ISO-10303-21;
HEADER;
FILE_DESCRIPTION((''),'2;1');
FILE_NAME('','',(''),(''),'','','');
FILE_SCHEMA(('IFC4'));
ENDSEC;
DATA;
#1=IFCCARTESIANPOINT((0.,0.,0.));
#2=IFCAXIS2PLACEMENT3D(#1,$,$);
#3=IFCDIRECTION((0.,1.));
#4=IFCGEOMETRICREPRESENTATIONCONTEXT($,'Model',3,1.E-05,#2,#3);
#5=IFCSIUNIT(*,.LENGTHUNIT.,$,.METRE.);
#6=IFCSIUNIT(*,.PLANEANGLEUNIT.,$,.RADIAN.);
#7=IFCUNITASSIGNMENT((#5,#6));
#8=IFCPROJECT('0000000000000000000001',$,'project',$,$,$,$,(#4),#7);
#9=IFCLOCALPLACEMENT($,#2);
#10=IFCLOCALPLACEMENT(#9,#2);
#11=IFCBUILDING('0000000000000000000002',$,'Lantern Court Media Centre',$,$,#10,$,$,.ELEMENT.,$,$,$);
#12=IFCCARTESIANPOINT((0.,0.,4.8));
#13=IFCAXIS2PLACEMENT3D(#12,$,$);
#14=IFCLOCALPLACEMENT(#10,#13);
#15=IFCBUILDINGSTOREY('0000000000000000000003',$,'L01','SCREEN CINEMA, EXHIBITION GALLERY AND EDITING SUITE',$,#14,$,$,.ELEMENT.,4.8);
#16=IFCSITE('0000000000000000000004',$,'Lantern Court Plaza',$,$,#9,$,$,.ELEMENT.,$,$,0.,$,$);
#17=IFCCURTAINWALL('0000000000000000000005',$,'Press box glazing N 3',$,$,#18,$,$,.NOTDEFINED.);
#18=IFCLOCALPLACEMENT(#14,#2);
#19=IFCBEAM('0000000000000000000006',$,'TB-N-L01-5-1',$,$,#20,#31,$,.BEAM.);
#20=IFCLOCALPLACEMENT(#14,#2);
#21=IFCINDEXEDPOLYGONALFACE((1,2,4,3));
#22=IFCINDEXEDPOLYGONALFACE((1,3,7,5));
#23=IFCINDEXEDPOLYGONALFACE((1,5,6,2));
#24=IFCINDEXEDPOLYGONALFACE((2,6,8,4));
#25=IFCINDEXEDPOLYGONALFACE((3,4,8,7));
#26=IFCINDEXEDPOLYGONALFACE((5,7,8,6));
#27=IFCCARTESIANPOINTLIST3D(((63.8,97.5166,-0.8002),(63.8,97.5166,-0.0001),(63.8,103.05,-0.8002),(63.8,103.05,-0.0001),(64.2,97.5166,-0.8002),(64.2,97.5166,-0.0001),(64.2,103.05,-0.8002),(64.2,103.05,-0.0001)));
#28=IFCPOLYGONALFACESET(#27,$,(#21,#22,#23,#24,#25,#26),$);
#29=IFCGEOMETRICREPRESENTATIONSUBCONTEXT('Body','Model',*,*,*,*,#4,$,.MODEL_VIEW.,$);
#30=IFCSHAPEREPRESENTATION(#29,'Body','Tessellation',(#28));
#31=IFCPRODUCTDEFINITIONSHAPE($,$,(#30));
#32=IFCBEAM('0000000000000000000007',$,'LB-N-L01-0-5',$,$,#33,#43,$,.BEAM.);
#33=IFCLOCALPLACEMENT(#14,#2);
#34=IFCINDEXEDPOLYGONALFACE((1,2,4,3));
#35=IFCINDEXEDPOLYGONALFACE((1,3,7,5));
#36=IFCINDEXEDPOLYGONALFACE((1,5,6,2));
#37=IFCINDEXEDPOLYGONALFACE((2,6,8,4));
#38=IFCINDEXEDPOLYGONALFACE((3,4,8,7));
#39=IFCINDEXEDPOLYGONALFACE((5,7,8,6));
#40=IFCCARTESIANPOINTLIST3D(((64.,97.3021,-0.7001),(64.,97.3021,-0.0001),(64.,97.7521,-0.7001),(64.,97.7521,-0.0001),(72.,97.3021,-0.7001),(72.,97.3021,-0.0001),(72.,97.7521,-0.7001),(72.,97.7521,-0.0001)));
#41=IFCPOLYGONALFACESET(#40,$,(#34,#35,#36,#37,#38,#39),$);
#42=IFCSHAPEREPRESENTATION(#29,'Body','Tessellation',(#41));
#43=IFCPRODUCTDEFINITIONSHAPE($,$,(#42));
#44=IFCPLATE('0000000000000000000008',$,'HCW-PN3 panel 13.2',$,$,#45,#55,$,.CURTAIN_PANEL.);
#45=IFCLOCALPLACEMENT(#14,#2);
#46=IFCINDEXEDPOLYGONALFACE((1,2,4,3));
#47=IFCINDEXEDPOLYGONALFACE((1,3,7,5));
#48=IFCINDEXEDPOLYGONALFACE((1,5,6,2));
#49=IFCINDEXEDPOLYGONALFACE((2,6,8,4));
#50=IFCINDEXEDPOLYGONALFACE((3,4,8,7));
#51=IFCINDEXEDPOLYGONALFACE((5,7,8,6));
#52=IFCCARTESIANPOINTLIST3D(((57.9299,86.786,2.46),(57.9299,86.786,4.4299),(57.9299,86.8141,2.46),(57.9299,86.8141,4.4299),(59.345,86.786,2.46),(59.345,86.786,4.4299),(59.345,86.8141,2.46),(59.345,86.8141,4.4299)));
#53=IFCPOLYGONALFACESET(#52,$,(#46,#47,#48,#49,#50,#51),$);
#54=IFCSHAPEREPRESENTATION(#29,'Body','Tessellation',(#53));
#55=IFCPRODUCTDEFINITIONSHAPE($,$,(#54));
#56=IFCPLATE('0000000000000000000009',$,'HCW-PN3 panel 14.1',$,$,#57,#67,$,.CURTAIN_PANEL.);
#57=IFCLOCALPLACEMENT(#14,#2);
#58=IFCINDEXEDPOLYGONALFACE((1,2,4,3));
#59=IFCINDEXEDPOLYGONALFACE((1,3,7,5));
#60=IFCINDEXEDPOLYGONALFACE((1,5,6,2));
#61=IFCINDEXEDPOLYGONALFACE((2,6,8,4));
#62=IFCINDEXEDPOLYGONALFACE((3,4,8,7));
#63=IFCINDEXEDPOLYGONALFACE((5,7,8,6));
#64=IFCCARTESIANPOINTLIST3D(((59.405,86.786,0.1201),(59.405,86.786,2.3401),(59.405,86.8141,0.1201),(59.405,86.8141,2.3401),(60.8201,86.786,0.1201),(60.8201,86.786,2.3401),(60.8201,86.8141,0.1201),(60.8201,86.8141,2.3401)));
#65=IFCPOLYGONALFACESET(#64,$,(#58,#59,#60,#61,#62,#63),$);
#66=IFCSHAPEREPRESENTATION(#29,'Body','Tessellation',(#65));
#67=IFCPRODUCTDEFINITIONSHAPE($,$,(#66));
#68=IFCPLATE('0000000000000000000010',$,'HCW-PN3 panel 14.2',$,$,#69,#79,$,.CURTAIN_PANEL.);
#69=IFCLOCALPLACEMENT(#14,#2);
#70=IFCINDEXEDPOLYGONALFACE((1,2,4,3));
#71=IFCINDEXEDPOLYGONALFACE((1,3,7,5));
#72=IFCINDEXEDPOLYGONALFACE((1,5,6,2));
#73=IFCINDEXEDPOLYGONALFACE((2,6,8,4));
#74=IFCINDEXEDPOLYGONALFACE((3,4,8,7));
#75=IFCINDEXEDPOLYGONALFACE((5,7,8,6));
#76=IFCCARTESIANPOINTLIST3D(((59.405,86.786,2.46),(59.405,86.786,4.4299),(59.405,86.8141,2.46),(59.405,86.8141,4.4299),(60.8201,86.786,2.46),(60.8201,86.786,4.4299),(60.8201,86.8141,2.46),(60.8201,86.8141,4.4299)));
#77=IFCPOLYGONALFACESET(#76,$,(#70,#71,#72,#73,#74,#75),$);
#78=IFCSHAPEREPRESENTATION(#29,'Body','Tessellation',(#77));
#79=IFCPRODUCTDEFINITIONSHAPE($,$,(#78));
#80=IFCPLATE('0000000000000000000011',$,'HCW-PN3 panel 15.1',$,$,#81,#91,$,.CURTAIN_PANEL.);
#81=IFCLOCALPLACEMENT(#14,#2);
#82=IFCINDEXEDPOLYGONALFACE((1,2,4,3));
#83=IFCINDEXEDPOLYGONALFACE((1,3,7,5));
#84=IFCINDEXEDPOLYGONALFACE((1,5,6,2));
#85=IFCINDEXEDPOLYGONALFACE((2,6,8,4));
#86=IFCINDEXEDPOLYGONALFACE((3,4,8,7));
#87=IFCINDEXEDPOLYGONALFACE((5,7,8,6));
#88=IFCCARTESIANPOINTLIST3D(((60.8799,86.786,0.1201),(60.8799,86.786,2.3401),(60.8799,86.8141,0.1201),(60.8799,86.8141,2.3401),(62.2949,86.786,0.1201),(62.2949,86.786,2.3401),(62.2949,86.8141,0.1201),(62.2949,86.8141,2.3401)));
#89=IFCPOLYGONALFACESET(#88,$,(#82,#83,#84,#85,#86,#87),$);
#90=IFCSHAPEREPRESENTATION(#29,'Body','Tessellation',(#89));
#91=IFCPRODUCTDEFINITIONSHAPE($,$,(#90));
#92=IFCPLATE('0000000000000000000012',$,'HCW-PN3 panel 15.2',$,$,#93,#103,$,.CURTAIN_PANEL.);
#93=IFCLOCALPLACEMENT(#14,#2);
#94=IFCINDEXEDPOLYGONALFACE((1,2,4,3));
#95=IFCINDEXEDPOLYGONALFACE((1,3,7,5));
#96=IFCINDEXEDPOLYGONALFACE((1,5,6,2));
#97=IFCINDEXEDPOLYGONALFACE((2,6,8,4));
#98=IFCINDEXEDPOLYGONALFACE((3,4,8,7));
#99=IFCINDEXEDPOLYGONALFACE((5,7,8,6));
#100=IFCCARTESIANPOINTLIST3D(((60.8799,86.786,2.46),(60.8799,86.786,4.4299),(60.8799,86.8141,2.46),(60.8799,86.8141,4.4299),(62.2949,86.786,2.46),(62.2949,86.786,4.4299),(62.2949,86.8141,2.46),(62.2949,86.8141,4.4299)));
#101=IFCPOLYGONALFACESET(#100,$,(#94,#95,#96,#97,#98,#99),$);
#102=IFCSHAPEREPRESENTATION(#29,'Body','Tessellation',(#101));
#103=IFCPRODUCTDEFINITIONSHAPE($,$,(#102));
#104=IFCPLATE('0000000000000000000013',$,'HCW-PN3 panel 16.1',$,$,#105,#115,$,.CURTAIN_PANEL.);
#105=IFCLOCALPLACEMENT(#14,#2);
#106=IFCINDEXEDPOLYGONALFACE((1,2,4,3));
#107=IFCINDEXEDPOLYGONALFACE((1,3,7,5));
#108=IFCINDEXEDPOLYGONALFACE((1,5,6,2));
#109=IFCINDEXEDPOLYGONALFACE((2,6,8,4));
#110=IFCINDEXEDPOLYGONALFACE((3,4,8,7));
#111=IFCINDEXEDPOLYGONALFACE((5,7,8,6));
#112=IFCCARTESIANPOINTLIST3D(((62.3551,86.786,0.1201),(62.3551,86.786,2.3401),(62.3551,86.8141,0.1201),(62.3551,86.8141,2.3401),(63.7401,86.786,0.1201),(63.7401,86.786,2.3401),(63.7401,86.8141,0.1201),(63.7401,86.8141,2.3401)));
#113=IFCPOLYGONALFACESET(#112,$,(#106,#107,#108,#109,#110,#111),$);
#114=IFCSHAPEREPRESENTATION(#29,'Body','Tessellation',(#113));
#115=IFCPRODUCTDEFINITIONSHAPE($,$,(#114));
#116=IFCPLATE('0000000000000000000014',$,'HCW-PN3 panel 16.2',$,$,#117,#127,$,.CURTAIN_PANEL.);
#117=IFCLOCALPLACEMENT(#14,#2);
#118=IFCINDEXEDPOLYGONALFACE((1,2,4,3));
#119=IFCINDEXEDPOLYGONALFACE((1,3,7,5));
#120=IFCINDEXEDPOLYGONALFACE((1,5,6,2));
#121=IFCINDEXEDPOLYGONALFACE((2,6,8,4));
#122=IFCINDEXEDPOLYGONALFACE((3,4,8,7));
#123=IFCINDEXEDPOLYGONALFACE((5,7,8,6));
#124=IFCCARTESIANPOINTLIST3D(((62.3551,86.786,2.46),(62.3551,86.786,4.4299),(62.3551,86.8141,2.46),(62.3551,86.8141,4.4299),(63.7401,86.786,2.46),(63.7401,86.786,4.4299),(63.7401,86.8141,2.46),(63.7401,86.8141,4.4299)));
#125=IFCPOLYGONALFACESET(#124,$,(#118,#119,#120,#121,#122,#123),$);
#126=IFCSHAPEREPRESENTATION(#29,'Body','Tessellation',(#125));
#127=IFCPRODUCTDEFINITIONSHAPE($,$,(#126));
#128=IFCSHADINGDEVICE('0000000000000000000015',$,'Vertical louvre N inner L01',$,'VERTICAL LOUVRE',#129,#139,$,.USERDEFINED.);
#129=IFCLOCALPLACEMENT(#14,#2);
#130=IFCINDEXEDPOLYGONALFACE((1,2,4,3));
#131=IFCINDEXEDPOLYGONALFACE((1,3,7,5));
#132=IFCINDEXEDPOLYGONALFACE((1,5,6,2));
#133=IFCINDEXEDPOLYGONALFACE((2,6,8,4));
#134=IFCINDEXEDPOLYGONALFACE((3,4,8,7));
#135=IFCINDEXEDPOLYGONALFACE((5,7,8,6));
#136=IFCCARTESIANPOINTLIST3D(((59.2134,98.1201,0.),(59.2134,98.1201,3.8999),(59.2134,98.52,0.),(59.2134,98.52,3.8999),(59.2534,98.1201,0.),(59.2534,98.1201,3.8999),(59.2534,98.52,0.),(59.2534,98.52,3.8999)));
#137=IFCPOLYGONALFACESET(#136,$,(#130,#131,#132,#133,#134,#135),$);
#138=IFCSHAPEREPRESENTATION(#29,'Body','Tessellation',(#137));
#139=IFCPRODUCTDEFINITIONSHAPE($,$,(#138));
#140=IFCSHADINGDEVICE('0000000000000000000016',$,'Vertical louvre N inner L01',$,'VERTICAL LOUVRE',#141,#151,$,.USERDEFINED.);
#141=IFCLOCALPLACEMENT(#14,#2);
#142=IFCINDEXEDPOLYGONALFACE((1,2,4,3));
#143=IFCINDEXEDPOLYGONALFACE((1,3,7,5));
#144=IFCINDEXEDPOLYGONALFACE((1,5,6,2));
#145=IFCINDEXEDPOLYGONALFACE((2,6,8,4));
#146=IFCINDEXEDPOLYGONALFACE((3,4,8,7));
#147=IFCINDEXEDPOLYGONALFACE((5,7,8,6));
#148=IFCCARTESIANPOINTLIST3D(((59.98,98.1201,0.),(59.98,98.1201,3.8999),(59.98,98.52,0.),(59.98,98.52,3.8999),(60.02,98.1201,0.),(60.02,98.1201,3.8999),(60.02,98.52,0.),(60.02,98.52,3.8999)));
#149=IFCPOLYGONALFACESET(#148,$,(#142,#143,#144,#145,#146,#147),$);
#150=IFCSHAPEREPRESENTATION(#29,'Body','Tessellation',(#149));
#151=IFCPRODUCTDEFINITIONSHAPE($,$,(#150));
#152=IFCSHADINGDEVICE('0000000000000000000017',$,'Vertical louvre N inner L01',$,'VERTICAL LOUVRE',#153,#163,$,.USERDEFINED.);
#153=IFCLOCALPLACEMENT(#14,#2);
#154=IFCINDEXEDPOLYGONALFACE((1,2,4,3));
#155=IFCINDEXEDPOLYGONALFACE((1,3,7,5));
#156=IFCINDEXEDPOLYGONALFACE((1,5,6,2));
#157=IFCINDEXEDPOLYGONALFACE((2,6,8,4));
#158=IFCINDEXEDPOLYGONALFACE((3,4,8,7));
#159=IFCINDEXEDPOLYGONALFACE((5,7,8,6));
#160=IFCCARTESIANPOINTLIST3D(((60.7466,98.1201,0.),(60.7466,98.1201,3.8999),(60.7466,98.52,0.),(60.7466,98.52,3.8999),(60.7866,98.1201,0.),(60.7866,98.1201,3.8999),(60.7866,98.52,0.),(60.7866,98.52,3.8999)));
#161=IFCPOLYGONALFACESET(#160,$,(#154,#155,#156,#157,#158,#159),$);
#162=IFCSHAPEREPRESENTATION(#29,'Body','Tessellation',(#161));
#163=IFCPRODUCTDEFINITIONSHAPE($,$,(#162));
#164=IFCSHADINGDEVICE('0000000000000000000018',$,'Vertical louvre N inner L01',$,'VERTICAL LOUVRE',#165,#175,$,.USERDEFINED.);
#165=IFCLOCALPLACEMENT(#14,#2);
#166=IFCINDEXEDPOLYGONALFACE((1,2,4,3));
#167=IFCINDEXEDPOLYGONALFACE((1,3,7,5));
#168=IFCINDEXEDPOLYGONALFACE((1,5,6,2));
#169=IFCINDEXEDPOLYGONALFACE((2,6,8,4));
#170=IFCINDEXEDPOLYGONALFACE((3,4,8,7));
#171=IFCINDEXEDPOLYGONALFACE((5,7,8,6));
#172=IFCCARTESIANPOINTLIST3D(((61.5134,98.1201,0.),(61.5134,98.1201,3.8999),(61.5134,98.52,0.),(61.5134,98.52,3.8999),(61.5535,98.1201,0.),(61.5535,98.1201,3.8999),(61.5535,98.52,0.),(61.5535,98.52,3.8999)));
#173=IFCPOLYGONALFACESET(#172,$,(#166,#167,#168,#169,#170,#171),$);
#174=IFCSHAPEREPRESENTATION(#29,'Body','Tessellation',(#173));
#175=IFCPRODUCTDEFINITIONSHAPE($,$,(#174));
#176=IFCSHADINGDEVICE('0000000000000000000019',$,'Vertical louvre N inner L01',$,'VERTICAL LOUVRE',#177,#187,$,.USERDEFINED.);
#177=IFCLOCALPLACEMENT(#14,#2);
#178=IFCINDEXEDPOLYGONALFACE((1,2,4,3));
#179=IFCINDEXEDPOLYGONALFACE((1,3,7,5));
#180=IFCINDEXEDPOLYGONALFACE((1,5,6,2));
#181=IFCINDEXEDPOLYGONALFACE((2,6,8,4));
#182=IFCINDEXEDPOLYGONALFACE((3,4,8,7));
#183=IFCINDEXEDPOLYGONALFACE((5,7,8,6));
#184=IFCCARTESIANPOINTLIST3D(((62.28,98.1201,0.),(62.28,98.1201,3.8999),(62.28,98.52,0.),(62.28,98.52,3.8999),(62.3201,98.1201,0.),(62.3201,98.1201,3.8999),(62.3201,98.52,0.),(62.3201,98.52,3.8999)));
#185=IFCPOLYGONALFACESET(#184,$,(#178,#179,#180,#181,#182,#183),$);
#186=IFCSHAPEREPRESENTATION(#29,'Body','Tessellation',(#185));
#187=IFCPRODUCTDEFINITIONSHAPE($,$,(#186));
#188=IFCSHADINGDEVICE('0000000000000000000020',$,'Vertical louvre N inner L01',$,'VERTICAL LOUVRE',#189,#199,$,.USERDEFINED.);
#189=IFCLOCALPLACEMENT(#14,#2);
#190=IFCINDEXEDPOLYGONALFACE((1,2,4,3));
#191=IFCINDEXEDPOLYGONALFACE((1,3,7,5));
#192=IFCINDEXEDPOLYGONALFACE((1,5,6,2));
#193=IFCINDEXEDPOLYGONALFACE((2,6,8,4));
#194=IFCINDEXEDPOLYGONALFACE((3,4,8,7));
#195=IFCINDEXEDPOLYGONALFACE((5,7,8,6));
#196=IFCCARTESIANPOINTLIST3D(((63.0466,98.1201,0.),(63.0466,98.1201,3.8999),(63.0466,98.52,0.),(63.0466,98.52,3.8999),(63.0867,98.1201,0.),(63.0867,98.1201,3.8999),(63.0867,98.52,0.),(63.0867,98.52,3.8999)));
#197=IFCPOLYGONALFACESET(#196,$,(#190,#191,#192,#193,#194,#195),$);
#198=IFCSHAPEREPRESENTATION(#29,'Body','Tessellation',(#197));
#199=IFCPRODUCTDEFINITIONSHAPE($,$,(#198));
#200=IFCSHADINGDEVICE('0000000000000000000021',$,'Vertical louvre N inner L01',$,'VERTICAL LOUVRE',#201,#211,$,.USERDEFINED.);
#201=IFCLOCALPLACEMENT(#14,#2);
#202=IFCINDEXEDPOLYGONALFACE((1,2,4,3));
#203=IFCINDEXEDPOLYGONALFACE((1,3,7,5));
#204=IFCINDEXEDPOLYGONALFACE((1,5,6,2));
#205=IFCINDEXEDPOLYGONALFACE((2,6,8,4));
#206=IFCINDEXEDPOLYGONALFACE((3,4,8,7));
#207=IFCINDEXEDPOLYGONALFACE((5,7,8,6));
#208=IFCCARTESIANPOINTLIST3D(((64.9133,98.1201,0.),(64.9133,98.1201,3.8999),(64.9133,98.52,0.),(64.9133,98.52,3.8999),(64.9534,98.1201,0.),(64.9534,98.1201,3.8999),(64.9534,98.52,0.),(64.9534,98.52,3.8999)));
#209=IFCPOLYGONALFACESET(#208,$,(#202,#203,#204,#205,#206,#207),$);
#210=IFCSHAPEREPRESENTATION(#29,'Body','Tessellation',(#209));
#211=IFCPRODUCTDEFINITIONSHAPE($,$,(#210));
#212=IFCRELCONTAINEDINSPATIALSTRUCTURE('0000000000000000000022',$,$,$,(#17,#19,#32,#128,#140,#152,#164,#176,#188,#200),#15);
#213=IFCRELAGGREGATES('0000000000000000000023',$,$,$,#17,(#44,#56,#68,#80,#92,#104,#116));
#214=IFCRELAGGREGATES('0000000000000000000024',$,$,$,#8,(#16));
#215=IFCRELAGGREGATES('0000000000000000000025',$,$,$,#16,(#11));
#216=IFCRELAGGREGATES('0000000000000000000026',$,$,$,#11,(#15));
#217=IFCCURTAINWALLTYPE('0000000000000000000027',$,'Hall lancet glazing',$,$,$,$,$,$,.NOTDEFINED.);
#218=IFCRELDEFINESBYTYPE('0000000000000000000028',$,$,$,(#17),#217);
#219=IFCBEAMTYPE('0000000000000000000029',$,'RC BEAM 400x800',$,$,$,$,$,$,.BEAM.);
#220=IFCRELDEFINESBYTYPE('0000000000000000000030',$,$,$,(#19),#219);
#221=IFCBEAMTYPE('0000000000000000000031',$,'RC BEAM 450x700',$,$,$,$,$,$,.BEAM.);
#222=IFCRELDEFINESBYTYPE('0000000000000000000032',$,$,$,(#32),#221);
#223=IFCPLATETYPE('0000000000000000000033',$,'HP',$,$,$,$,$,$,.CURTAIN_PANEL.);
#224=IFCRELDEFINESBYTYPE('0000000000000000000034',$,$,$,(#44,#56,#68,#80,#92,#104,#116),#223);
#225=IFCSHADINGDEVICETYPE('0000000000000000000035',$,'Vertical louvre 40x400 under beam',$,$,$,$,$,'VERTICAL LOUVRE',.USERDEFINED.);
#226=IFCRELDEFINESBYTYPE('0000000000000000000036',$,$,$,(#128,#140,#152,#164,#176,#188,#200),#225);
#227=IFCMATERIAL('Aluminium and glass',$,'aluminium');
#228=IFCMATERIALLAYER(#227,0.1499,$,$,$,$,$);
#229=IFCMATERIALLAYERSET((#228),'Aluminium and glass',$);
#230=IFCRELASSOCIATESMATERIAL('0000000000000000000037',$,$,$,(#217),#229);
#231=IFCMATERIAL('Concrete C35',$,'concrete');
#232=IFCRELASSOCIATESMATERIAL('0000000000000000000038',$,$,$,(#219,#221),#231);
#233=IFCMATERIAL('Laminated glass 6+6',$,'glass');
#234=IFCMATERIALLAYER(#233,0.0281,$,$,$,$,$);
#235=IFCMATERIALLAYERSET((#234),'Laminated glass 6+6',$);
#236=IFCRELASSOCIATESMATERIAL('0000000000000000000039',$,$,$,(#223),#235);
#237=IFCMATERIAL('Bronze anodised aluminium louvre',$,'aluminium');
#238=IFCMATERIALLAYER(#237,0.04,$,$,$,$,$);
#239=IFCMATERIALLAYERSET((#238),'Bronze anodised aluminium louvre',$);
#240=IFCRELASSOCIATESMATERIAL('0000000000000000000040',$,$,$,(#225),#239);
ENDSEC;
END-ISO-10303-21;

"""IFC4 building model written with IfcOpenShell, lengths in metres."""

from ifc_helpers import new_model, si_unit, direction, frame, origin, origin_2d, place, context, subcontext, project, spatial, rectangle, extrude, material, layer, layer_set, material_profile, profile_set, type_object, element, aggregate, save


model = new_model("IFC4")

# Units and contexts
model_context = context("Model", 3, precision=1e-05, world=origin(), true_north=direction((0.0, 1.0)))
body_context = subcontext(model_context, "Body", "Model", "MODEL_VIEW")
ifc_project = project(units=[si_unit("LENGTHUNIT", "METRE"), si_unit("PLANEANGLEUNIT", "RADIAN")], contexts=[model_context])

# Site, building, storey
site_placement = place(None, origin())
site = spatial("IfcSite", under=ifc_project, at=site_placement, Name="Lantern Court Plaza", CompositionType="ELEMENT", RefElevation=0.0)
building_placement = place(site_placement, origin())
building = spatial("IfcBuilding", under=site, at=building_placement, Name="Lantern Court Media Centre", CompositionType="ELEMENT")
storey_placement = place(building_placement, frame((0.0, 0.0, 4.8)))
storey = spatial("IfcBuildingStorey", under=building, at=storey_placement, Name="L01", Description="SCREEN CINEMA, EXHIBITION GALLERY AND EDITING SUITE", CompositionType="ELEMENT", Elevation=4.8)

# Shared definitions
ifc_material_1 = material(Name="Concrete C35", Category="concrete")

# Curtain wall
ifc_material_2 = material(Name="Aluminium and glass", Category="aluminium")
ifc_layer_1 = layer(ifc_material_2, 0.1499)
ifc_layer_set_1 = layer_set([ifc_layer_1], Name="Aluminium and glass")
curtain_wall_type = type_object("IfcCurtainWallType", Name="Hall lancet glazing", PredefinedType="NOTDEFINED", material=ifc_layer_set_1)
curtain_wall_placement = place(storey_placement, origin())
curtain_wall = element("IfcCurtainWall", 1, at=curtain_wall_placement, inside=storey, type_object=curtain_wall_type, Name="Press box glazing N 3", PredefinedType="NOTDEFINED")

# Beams
ifc_material_profile_1 = material_profile(ifc_material_1, rectangle(XDim=0.3999, YDim=0.8, at=origin_2d()), Name="RC 400x800")
ifc_profile_set_1 = profile_set([ifc_material_profile_1], Name="Concrete C35")
beam_type_1 = type_object("IfcBeamType", Name="RC BEAM 400x800", PredefinedType="BEAM", material=ifc_profile_set_1)
beam_1_placement = place(storey_placement, frame((64.0, 97.5166, -0.4001), z_axis=(0.0, 1.0, 0.0), x_axis=(-1.0, 0.0, 0.0)))
element("IfcBeam", 2, at=beam_1_placement, inside=storey, type_object=beam_type_1, Name="TB-N-L01-5-1", PredefinedType="BEAM", context=body_context, shape_type="SweptSolid", body=[
    extrude(rectangle(XDim=0.3999, YDim=0.8, at=origin_2d()), origin(), (0.0, 0.0, 1.0), 5.5334),
])
ifc_material_profile_2 = material_profile(ifc_material_1, rectangle(XDim=0.45, YDim=0.7, at=origin_2d()), Name="RC 450x700")
ifc_profile_set_2 = profile_set([ifc_material_profile_2], Name="Concrete C35")
beam_type_2 = type_object("IfcBeamType", Name="RC BEAM 450x700", PredefinedType="BEAM", material=ifc_profile_set_2)
beam_2_placement = place(storey_placement, frame((64.0, 97.5271, -0.3501), z_axis=(1.0, 0.0, 0.0), x_axis=(0.0, 1.0, 0.0)))
element("IfcBeam", 3, at=beam_2_placement, inside=storey, type_object=beam_type_2, Name="LB-N-L01-0-5", PredefinedType="BEAM", context=body_context, shape_type="SweptSolid", body=[
    extrude(rectangle(XDim=0.45, YDim=0.7, at=origin_2d()), origin(), (0.0, 0.0, 1.0), 8.0),
])

# Plates
ifc_material_3 = material(Name="Laminated glass 6+6", Category="glass")
ifc_layer_2 = layer(ifc_material_3, 0.0281)
ifc_layer_set_2 = layer_set([ifc_layer_2], Name="Laminated glass 6+6")
plate_type = type_object("IfcPlateType", Name="HP", PredefinedType="CURTAIN_PANEL", material=ifc_layer_set_2)
plate_1_placement = place(storey_placement, frame((58.6375, 86.8, 2.46), z_axis=(0.0, 0.0, 1.0), x_axis=(1.0, 0.0, 0.0)))
plate_1 = element("IfcPlate", 4, at=plate_1_placement, type_object=plate_type, Name="HCW-PN3 panel 13.2", PredefinedType="CURTAIN_PANEL", context=body_context, shape_type="SweptSolid", body=[
    extrude(rectangle(XDim=1.415, YDim=0.0281, at=origin_2d()), origin(), (0.0, 0.0, 1.0), 1.97),
])
plate_2_placement = place(storey_placement, frame((60.1125, 86.8, 0.1201), z_axis=(0.0, 0.0, 1.0), x_axis=(1.0, 0.0, 0.0)))
plate_2 = element("IfcPlate", 5, at=plate_2_placement, type_object=plate_type, Name="HCW-PN3 panel 14.1", PredefinedType="CURTAIN_PANEL", context=body_context, shape_type="SweptSolid", body=[
    extrude(rectangle(XDim=1.415, YDim=0.0281, at=origin_2d()), origin(), (0.0, 0.0, 1.0), 2.22),
])
plate_3_placement = place(storey_placement, frame((60.1125, 86.8, 2.46), z_axis=(0.0, 0.0, 1.0), x_axis=(1.0, 0.0, 0.0)))
plate_3 = element("IfcPlate", 6, at=plate_3_placement, type_object=plate_type, Name="HCW-PN3 panel 14.2", PredefinedType="CURTAIN_PANEL", context=body_context, shape_type="SweptSolid", body=[
    extrude(rectangle(XDim=1.415, YDim=0.0281, at=origin_2d()), origin(), (0.0, 0.0, 1.0), 1.97),
])
plate_4_placement = place(storey_placement, frame((61.5874, 86.8, 0.1201), z_axis=(0.0, 0.0, 1.0), x_axis=(1.0, 0.0, 0.0)))
plate_4 = element("IfcPlate", 7, at=plate_4_placement, type_object=plate_type, Name="HCW-PN3 panel 15.1", PredefinedType="CURTAIN_PANEL", context=body_context, shape_type="SweptSolid", body=[
    extrude(rectangle(XDim=1.415, YDim=0.0281, at=origin_2d()), origin(), (0.0, 0.0, 1.0), 2.22),
])
plate_5_placement = place(storey_placement, frame((61.5874, 86.8, 2.46), z_axis=(0.0, 0.0, 1.0), x_axis=(1.0, 0.0, 0.0)))
plate_5 = element("IfcPlate", 8, at=plate_5_placement, type_object=plate_type, Name="HCW-PN3 panel 15.2", PredefinedType="CURTAIN_PANEL", context=body_context, shape_type="SweptSolid", body=[
    extrude(rectangle(XDim=1.415, YDim=0.0281, at=origin_2d()), origin(), (0.0, 0.0, 1.0), 1.97),
])
plate_6_placement = place(storey_placement, frame((63.0476, 86.8, 0.1201), z_axis=(0.0, 0.0, 1.0), x_axis=(1.0, 0.0, 0.0)))
plate_6 = element("IfcPlate", 9, at=plate_6_placement, type_object=plate_type, Name="HCW-PN3 panel 16.1", PredefinedType="CURTAIN_PANEL", context=body_context, shape_type="SweptSolid", body=[
    extrude(rectangle(XDim=1.385, YDim=0.0281, at=origin_2d()), origin(), (0.0, 0.0, 1.0), 2.22),
])
plate_7_placement = place(storey_placement, frame((63.0476, 86.8, 2.46), z_axis=(0.0, 0.0, 1.0), x_axis=(1.0, 0.0, 0.0)))
plate_7 = element("IfcPlate", 10, at=plate_7_placement, type_object=plate_type, Name="HCW-PN3 panel 16.2", PredefinedType="CURTAIN_PANEL", context=body_context, shape_type="SweptSolid", body=[
    extrude(rectangle(XDim=1.385, YDim=0.0281, at=origin_2d()), origin(), (0.0, 0.0, 1.0), 1.97),
])
aggregate(curtain_wall, [plate_1, plate_2, plate_3, plate_4, plate_5, plate_6, plate_7])

# Shading devices
ifc_material_4 = material(Name="Bronze anodised aluminium louvre", Category="aluminium")
ifc_layer_3 = layer(ifc_material_4, 0.04)
ifc_layer_set_3 = layer_set([ifc_layer_3], Name="Bronze anodised aluminium louvre")
shading_device_type = type_object("IfcShadingDeviceType", Name="Vertical louvre 40x400 under beam", ElementType="VERTICAL LOUVRE", PredefinedType="USERDEFINED", material=ifc_layer_set_3)
for number, where, z_axis, x_axis, name in (
    (11, (59.2334, 98.3201, 0.0), (0.0, 0.0, 1.0), (1.0, 0.0, 0.0), "Vertical louvre N inner L01"),
    (12, (60.0, 98.3201, 0.0), (0.0, 0.0, 1.0), (1.0, 0.0, 0.0), "Vertical louvre N inner L01"),
    (13, (60.7666, 98.3201, 0.0), (0.0, 0.0, 1.0), (1.0, 0.0, 0.0), "Vertical louvre N inner L01"),
    (14, (61.5334, 98.3201, 0.0), (0.0, 0.0, 1.0), (1.0, 0.0, 0.0), "Vertical louvre N inner L01"),
    (15, (62.3, 98.3201, 0.0), (0.0, 0.0, 1.0), (1.0, 0.0, 0.0), "Vertical louvre N inner L01"),
    (16, (63.0667, 98.3201, 0.0), (0.0, 0.0, 1.0), (1.0, 0.0, 0.0), "Vertical louvre N inner L01"),
    (17, (64.9333, 98.3201, 0.0), (0.0, 0.0, 1.0), (1.0, 0.0, 0.0), "Vertical louvre N inner L01"),
):
    element("IfcShadingDevice", number, at=place(storey_placement, frame(where, z_axis=z_axis, x_axis=x_axis)), inside=storey, type_object=shading_device_type, Name=name, ObjectType="VERTICAL LOUVRE", PredefinedType="USERDEFINED", context=body_context, shape_type="SweptSolid", body=[
        extrude(rectangle(XDim=0.04, YDim=0.3999, at=origin_2d()), origin(), (0.0, 0.0, 1.0), 3.8999),
    ])

save(model, "model.ifc")
